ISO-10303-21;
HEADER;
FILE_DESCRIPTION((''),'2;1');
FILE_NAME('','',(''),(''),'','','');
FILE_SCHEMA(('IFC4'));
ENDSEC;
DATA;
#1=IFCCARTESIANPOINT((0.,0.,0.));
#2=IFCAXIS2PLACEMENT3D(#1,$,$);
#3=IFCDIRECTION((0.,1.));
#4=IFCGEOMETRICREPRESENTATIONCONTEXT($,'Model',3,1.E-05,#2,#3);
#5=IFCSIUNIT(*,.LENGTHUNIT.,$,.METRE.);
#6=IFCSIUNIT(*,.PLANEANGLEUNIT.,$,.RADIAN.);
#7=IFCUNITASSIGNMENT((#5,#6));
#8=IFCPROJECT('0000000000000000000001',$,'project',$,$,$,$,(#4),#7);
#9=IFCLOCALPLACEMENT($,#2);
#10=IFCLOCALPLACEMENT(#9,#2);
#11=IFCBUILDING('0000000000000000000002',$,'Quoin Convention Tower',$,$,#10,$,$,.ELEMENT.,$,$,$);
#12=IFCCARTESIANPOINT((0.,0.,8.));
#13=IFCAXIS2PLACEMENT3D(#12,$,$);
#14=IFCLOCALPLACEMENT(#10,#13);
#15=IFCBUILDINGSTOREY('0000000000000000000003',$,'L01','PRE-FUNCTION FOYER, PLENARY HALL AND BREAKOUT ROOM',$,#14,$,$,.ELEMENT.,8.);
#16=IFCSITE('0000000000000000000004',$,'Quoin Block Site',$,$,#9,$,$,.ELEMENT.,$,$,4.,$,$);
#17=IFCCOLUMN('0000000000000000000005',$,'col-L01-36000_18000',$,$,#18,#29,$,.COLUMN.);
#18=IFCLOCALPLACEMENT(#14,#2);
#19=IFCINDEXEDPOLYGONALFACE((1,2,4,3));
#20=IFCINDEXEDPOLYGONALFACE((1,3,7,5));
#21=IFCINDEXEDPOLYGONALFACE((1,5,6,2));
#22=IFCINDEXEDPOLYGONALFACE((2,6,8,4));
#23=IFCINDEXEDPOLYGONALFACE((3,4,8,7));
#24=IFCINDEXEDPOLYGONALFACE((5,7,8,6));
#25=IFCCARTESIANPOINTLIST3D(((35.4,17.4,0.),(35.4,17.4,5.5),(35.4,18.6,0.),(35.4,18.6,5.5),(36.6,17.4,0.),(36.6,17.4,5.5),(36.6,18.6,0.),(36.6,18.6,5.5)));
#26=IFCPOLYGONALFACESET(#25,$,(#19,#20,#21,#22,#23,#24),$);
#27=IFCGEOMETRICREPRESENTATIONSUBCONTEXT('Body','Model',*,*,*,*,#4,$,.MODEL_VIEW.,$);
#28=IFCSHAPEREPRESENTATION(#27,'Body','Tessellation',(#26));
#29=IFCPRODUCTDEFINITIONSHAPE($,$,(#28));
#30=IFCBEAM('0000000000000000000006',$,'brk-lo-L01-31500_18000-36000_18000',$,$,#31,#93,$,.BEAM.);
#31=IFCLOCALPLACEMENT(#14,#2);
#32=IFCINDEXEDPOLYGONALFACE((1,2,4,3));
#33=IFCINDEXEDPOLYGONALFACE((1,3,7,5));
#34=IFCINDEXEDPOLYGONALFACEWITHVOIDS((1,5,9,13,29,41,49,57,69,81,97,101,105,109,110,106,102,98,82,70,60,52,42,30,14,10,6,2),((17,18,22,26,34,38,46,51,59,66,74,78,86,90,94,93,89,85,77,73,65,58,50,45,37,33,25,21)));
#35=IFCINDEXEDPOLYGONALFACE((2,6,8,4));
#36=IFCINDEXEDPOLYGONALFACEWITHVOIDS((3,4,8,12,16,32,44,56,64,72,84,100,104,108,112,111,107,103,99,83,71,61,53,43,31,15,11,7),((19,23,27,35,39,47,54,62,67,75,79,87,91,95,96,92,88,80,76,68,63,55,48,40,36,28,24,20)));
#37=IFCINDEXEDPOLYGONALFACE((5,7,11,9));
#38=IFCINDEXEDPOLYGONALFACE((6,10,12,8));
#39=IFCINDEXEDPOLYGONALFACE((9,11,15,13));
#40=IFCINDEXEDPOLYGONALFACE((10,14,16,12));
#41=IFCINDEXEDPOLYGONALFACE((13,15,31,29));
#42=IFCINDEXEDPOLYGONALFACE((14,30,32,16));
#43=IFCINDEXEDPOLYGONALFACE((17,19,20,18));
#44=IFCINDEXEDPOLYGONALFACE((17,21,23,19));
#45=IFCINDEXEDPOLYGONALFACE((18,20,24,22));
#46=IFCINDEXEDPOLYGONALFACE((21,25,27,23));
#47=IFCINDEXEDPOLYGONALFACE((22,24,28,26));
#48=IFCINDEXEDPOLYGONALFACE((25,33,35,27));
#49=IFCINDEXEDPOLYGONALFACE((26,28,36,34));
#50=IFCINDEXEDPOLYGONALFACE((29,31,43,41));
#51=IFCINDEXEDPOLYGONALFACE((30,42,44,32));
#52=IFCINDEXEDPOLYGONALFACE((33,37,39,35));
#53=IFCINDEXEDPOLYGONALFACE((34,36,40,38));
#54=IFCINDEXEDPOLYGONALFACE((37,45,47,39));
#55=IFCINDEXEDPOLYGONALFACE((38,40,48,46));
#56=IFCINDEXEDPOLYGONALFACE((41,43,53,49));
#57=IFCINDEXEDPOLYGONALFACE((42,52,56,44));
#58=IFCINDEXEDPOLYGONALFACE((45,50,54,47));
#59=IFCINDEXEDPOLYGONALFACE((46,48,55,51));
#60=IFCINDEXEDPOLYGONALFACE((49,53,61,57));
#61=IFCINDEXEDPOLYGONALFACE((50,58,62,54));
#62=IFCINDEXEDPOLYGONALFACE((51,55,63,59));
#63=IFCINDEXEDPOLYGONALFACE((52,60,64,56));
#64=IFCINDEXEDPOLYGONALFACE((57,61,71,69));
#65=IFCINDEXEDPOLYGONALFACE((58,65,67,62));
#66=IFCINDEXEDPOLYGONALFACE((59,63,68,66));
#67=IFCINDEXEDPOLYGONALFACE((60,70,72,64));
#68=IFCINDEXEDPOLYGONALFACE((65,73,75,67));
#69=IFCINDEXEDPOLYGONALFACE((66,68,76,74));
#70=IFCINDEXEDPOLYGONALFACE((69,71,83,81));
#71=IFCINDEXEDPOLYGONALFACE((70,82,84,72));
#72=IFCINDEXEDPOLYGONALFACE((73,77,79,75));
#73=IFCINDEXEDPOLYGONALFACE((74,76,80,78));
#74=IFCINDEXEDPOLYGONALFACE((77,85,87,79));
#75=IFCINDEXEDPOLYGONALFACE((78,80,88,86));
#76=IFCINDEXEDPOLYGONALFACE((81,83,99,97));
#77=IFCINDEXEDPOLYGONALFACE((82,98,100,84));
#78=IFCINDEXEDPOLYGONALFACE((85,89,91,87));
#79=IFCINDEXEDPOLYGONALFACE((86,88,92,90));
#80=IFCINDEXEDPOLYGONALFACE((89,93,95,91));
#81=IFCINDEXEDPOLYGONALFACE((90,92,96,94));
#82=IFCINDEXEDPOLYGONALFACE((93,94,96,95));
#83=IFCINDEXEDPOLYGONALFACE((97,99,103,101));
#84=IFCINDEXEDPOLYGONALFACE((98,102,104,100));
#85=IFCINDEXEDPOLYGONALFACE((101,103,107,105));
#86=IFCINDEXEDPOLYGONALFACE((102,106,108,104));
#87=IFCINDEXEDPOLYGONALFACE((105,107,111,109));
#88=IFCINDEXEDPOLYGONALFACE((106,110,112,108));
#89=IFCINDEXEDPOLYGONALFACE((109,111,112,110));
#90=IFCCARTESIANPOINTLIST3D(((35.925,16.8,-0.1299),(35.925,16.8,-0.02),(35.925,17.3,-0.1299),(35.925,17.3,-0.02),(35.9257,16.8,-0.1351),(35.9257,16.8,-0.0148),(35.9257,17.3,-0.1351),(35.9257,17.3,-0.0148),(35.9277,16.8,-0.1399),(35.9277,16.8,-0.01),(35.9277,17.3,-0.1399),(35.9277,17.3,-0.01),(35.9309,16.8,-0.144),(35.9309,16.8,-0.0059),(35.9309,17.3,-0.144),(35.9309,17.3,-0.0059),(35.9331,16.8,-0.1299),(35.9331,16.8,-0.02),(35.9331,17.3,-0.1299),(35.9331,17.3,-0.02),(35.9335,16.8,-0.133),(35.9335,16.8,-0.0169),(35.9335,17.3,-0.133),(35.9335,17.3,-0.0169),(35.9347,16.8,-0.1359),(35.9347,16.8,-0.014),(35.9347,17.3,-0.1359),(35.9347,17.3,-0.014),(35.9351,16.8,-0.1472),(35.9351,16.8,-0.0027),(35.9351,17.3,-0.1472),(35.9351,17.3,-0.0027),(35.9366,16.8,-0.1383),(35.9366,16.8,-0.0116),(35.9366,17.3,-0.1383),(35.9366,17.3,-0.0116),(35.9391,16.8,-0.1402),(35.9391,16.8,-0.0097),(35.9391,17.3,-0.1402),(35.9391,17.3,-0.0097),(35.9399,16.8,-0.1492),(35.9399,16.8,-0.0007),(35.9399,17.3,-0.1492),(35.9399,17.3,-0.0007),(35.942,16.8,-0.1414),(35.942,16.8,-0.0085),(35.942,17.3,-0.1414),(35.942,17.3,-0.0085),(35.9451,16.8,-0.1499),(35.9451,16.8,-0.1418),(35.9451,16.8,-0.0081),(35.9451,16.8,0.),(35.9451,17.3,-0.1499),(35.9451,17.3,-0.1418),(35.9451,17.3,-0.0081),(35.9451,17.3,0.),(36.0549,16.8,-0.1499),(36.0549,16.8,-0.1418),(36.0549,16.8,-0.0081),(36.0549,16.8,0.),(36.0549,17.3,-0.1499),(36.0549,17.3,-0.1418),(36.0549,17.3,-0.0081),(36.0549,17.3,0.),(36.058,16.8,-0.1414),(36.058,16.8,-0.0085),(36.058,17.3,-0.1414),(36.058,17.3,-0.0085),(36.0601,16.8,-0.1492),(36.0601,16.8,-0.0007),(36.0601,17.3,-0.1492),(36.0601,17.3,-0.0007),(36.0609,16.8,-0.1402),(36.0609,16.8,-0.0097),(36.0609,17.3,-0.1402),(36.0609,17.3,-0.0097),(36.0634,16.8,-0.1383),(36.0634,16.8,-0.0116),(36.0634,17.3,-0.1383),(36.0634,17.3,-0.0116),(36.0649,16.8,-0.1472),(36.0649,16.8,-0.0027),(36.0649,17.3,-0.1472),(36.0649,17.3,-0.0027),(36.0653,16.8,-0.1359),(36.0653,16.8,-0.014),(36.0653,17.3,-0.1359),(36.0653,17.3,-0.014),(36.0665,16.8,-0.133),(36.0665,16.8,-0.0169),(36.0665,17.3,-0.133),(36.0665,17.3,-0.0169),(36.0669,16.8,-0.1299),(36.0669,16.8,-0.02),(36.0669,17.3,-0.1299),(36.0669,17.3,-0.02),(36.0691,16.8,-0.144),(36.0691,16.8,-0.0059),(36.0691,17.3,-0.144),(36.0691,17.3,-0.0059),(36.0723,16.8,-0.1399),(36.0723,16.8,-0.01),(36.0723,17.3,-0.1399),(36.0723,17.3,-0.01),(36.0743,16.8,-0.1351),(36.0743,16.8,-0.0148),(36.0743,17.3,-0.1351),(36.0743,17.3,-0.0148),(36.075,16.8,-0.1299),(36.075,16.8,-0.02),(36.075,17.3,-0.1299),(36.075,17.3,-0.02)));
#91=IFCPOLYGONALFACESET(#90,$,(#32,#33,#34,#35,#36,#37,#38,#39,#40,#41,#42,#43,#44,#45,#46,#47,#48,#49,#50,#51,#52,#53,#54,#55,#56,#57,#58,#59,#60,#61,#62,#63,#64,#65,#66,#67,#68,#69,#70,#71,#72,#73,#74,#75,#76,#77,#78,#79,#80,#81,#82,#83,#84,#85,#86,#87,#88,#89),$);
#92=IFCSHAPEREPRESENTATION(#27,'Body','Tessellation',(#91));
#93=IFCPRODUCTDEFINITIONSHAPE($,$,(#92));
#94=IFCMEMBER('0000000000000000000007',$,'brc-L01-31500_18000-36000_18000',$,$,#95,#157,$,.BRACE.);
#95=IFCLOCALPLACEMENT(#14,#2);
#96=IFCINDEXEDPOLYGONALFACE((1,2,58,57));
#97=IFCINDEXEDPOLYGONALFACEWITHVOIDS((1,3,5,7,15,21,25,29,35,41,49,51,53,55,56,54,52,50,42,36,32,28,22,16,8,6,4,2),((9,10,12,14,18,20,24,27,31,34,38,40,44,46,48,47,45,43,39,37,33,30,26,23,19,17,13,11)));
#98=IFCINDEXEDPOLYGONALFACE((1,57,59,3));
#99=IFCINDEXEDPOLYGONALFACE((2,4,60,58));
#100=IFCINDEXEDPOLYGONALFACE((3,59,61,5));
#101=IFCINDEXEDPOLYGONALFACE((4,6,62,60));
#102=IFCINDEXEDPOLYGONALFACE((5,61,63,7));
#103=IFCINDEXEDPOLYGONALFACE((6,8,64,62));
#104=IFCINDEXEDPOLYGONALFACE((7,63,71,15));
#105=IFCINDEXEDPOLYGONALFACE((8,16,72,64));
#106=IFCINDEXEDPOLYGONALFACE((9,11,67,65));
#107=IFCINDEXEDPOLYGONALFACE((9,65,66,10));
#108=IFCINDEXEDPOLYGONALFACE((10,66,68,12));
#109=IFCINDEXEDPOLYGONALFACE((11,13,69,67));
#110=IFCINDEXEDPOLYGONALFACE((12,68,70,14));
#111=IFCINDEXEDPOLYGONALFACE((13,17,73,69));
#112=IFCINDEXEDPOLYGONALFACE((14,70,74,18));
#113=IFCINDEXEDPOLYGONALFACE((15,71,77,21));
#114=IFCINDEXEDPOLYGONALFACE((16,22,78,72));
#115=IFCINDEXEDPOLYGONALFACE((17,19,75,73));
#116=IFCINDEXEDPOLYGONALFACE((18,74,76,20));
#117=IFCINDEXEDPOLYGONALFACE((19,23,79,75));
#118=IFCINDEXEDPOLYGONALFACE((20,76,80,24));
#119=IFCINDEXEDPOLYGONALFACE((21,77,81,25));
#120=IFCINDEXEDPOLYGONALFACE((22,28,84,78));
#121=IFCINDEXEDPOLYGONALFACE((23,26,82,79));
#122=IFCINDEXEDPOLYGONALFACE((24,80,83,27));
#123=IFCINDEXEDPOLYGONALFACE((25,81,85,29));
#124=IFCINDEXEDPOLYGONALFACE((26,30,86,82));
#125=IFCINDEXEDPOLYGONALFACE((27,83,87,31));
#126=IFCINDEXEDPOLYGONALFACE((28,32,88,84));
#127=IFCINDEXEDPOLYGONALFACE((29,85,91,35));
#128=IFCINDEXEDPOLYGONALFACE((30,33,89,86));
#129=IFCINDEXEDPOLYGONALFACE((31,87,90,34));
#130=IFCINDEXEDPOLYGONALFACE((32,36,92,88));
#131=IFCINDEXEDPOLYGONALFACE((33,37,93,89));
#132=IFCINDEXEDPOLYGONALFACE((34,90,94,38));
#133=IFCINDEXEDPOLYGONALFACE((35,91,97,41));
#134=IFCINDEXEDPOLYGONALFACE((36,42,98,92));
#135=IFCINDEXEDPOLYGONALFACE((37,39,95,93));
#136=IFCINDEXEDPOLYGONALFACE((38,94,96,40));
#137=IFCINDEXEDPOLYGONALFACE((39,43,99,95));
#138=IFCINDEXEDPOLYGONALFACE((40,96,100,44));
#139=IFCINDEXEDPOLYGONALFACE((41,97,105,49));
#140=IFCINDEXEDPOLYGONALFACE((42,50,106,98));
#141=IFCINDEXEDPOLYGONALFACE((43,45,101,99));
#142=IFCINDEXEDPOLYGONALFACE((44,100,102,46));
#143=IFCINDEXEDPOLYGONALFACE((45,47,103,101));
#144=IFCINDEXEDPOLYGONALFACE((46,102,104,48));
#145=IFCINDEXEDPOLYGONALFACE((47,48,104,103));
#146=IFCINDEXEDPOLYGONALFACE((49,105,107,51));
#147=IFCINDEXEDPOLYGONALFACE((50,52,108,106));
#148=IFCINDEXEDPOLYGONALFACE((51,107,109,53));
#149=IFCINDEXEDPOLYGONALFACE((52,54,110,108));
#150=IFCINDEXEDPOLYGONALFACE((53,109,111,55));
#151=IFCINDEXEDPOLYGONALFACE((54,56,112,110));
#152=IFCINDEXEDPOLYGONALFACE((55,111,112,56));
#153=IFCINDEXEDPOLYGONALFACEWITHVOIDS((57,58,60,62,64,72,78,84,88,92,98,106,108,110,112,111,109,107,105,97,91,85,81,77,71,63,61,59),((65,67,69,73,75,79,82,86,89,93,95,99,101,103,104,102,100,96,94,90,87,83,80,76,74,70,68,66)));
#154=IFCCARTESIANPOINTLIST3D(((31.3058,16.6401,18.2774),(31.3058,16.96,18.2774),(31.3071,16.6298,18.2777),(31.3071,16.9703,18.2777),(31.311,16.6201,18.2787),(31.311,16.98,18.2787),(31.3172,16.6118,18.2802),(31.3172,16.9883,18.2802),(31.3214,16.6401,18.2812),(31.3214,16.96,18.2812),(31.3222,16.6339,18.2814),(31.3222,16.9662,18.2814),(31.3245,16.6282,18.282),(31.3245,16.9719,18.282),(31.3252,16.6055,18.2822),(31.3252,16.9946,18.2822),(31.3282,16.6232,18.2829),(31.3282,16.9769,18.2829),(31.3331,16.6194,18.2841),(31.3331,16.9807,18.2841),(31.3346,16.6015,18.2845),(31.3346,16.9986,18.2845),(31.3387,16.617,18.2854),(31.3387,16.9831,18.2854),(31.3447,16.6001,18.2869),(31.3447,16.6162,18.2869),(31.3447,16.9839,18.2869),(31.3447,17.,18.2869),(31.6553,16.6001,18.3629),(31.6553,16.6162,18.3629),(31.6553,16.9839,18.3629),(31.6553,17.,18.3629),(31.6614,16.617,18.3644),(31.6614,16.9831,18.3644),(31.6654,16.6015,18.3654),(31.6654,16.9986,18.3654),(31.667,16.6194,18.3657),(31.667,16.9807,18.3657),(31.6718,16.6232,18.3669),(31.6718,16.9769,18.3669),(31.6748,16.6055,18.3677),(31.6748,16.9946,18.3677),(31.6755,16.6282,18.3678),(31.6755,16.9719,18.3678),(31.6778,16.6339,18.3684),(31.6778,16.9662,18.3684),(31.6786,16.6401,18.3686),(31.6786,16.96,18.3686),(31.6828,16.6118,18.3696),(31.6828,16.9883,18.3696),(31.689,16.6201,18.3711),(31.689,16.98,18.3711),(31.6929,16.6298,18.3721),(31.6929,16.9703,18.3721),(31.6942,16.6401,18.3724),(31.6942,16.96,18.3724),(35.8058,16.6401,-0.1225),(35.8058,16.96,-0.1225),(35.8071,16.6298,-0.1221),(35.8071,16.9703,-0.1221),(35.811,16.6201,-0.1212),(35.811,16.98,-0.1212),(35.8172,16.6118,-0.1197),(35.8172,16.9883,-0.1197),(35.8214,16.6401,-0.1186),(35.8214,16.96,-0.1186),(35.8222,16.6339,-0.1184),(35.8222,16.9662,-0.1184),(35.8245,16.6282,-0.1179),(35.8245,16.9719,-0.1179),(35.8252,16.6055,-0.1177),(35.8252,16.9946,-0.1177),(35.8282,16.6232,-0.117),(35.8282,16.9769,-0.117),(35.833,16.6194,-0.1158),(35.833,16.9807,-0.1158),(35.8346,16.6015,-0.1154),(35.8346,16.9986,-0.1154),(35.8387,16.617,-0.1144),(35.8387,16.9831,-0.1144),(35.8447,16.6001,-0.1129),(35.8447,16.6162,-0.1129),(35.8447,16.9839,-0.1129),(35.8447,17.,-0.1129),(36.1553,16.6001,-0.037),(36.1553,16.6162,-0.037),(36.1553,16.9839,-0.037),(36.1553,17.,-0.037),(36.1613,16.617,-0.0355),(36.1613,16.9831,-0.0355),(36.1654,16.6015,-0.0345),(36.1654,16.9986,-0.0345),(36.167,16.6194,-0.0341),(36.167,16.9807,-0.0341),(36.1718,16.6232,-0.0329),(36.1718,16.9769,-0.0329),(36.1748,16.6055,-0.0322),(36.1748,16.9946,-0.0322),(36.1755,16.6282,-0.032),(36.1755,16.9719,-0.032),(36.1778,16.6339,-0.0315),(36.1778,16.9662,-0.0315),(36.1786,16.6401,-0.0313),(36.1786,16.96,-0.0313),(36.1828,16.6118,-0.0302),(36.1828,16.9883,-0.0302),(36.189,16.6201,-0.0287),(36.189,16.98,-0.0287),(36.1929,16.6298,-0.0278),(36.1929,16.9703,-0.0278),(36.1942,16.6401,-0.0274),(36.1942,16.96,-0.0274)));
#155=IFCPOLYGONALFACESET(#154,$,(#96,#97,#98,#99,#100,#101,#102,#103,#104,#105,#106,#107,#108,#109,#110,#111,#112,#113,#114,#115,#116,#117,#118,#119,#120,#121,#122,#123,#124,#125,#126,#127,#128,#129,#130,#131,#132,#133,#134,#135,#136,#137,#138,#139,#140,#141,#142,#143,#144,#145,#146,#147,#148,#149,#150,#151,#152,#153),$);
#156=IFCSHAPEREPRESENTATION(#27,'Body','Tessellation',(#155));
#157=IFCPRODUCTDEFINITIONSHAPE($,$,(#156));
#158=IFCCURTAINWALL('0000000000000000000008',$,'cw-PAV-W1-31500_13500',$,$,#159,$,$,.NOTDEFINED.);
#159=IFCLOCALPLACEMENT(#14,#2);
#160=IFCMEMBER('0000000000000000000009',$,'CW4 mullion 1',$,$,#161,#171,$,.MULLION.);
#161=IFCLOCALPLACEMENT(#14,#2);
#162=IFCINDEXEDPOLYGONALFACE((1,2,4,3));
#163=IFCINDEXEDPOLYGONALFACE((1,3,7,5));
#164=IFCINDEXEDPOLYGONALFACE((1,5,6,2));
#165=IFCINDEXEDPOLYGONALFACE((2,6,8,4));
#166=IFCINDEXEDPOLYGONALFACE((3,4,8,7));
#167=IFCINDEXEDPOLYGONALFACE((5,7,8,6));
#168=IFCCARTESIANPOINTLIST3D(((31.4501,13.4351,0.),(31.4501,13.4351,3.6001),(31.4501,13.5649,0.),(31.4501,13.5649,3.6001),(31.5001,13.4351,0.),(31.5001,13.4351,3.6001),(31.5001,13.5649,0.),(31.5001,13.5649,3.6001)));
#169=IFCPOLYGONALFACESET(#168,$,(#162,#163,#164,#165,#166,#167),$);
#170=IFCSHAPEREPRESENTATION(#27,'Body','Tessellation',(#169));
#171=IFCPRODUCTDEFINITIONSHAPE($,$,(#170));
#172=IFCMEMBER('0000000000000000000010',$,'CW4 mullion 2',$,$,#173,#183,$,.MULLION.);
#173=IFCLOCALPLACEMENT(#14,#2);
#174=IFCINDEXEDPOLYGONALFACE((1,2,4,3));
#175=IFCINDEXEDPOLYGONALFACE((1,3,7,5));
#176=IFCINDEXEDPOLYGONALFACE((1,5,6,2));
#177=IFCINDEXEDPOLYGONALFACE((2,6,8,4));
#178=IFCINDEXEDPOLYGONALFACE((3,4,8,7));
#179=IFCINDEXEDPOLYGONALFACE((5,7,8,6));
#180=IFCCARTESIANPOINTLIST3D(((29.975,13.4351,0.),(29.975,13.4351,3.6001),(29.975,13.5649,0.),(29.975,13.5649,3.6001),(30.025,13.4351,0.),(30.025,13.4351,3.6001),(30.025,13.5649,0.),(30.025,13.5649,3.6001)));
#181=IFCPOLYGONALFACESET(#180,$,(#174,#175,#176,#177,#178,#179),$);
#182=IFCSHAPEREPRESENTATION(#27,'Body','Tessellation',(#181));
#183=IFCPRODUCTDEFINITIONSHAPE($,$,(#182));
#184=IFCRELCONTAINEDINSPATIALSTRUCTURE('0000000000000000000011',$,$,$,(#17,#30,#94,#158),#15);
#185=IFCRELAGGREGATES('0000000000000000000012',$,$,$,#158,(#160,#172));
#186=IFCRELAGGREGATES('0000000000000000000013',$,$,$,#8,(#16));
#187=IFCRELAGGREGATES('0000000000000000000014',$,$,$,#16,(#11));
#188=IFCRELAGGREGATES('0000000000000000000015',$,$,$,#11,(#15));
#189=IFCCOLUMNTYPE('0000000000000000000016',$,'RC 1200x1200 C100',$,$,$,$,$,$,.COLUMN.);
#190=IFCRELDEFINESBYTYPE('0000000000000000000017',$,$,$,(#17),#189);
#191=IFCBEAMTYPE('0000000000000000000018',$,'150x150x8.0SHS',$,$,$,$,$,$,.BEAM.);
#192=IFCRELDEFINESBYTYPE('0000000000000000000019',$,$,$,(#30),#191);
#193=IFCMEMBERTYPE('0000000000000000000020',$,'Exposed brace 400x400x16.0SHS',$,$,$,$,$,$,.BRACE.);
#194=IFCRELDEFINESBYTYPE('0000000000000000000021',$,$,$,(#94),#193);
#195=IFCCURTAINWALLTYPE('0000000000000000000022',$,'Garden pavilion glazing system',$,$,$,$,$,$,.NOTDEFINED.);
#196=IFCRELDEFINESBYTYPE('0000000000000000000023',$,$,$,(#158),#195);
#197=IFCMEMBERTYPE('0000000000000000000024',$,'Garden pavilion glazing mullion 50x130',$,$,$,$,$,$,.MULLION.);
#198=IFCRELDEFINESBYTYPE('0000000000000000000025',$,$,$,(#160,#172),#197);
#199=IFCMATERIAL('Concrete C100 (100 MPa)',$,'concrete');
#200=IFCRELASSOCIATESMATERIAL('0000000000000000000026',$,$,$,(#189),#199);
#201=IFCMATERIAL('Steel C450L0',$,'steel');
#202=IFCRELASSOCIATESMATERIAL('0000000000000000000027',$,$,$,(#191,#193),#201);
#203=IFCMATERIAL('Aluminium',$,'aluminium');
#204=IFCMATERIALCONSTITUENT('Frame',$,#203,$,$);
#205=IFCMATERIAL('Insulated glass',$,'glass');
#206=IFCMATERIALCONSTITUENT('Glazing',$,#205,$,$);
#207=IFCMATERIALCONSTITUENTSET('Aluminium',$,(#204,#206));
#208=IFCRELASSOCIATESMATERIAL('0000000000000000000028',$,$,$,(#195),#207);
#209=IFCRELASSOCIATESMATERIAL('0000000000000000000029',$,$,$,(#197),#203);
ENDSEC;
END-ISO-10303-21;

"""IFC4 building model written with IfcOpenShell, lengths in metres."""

from ifc_helpers import new_model, si_unit, direction, frame, origin, origin_2d, place, context, subcontext, project, spatial, rectangle, hollow_rectangle, extrude, material, constituent, constituent_set, material_profile, profile_set, type_object, element, aggregate, save


model = new_model("IFC4")

# Units and contexts
model_context = context("Model", 3, precision=1e-05, world=origin(), true_north=direction((0.0, 1.0)))
body_context = subcontext(model_context, "Body", "Model", "MODEL_VIEW")
ifc_project = project(units=[si_unit("LENGTHUNIT", "METRE"), si_unit("PLANEANGLEUNIT", "RADIAN")], contexts=[model_context])

# Site, building, storey
site_placement = place(None, origin())
site = spatial("IfcSite", under=ifc_project, at=site_placement, Name="Quoin Block Site", CompositionType="ELEMENT", RefElevation=4.0)
building_placement = place(site_placement, origin())
building = spatial("IfcBuilding", under=site, at=building_placement, Name="Quoin Convention Tower", CompositionType="ELEMENT")
storey_placement = place(building_placement, frame((0.0, 0.0, 8.0)))
storey = spatial("IfcBuildingStorey", under=building, at=storey_placement, Name="L01", Description="PRE-FUNCTION FOYER, PLENARY HALL AND BREAKOUT ROOM", CompositionType="ELEMENT", Elevation=8.0)

# Column
ifc_material_1 = material(Name="Concrete C100 (100 MPa)", Category="concrete")
ifc_material_profile_1 = material_profile(ifc_material_1, rectangle(XDim=1.2, YDim=1.2, at=origin_2d()), Name="RC 1200x1200")
ifc_profile_set_1 = profile_set([ifc_material_profile_1], Name="Concrete C100 (100 MPa)")
column_type = type_object("IfcColumnType", Name="RC 1200x1200 C100", PredefinedType="COLUMN", material=ifc_profile_set_1)
column_placement = place(storey_placement, frame((36.0, 18.0, 0.0), z_axis=(0.0, 0.0, 1.0), x_axis=(1.0, 0.0, 0.0)))
element("IfcColumn", 1, at=column_placement, inside=storey, type_object=column_type, Name="col-L01-36000_18000", PredefinedType="COLUMN", context=body_context, shape_type="SweptSolid", body=[
    extrude(rectangle(XDim=1.2, YDim=1.2, at=origin_2d()), origin(), (0.0, 0.0, 1.0), 5.5),
])

# Beam
ifc_material_2 = material(Name="Steel C450L0", Category="steel")
ifc_material_profile_2 = material_profile(ifc_material_2, hollow_rectangle(XDim=0.1499, YDim=0.1499, WallThickness=0.0081, InnerFilletRadius=0.012, OuterFilletRadius=0.02, at=origin_2d()), Name="150x150x8.0SHS")
ifc_profile_set_2 = profile_set([ifc_material_profile_2], Name="Steel C450L0")
beam_type_1 = type_object("IfcBeamType", Name="150x150x8.0SHS", PredefinedType="BEAM", material=ifc_profile_set_2)
beam_1_placement = place(storey_placement, frame((36.0, 17.3, -0.075), z_axis=(0.0, -1.0, 0.0), x_axis=(1.0, 0.0, 0.0)))
element("IfcBeam", 2, at=beam_1_placement, inside=storey, type_object=beam_type_1, Name="brk-lo-L01-31500_18000-36000_18000", PredefinedType="BEAM", context=body_context, shape_type="SweptSolid", body=[
    extrude(hollow_rectangle(XDim=0.1499, YDim=0.1499, WallThickness=0.0081, InnerFilletRadius=0.012, OuterFilletRadius=0.02, at=origin_2d()), origin(), (0.0, 0.0, 1.0), 0.5),
])

# Member
ifc_material_profile_3 = material_profile(ifc_material_2, hollow_rectangle(XDim=0.3999, YDim=0.3999, WallThickness=0.0161, InnerFilletRadius=0.0239, OuterFilletRadius=0.04, at=origin_2d()), Name="400x400x16.0SHS")
ifc_profile_set_3 = profile_set([ifc_material_profile_3], Name="Steel C450L0")
member_type_1 = type_object("IfcMemberType", Name="Exposed brace 400x400x16.0SHS", PredefinedType="BRACE", material=ifc_profile_set_3)
member_1_placement = place(storey_placement, frame((36.0, 16.8, -0.075), z_axis=(-0.237565, 0.0, 0.971372), x_axis=(0.0, -1.0, 0.0)))
element("IfcMember", 3, at=member_1_placement, inside=storey, type_object=member_type_1, Name="brc-L01-31500_18000-36000_18000", PredefinedType="BRACE", context=body_context, shape_type="SweptSolid", body=[
    extrude(hollow_rectangle(XDim=0.3999, YDim=0.3999, WallThickness=0.0161, InnerFilletRadius=0.0239, OuterFilletRadius=0.04, at=origin_2d()), origin(), (0.0, 0.0, 1.0), 18.9421),
])

# Curtain wall, members
ifc_material_3 = material(Name="Aluminium", Category="aluminium")
ifc_constituent_1 = constituent(ifc_material_3, Name="Frame")
ifc_material_4 = material(Name="Insulated glass", Category="glass")
ifc_constituent_2 = constituent(ifc_material_4, Name="Glazing")
ifc_constituent_set_1 = constituent_set(constituents=[ifc_constituent_1, ifc_constituent_2], Name="Aluminium")
curtain_wall_type = type_object("IfcCurtainWallType", Name="Garden pavilion glazing system", PredefinedType="NOTDEFINED", material=ifc_constituent_set_1)
curtain_wall_placement = place(storey_placement, origin())
curtain_wall = element("IfcCurtainWall", 4, at=curtain_wall_placement, inside=storey, type_object=curtain_wall_type, Name="cw-PAV-W1-31500_13500", PredefinedType="NOTDEFINED")
ifc_material_profile_4 = material_profile(ifc_material_3, rectangle(XDim=0.1299, YDim=0.05, at=origin_2d()), Name="Garden pavilion glazing mullion 50x130")
ifc_profile_set_4 = profile_set([ifc_material_profile_4], Name="Aluminium")
member_type_2 = type_object("IfcMemberType", Name="Garden pavilion glazing mullion 50x130", PredefinedType="MULLION", material=ifc_profile_set_4)
member_2_placement = place(storey_placement, frame((31.4751, 13.5, 0.0), z_axis=(0.0, 0.0, 1.0), x_axis=(0.0, -1.0, 0.0)))
member_2 = element("IfcMember", 5, at=member_2_placement, type_object=member_type_2, Name="CW4 mullion 1", PredefinedType="MULLION", context=body_context, shape_type="SweptSolid", body=[
    extrude(rectangle(XDim=0.1299, YDim=0.05, at=origin_2d()), origin(), (0.0, 0.0, 1.0), 3.6001),
])
member_3_placement = place(storey_placement, frame((30.0, 13.5, 0.0), z_axis=(0.0, 0.0, 1.0), x_axis=(0.0, -1.0, 0.0)))
member_3 = element("IfcMember", 6, at=member_3_placement, type_object=member_type_2, Name="CW4 mullion 2", PredefinedType="MULLION", context=body_context, shape_type="SweptSolid", body=[
    extrude(rectangle(XDim=0.1299, YDim=0.05, at=origin_2d()), origin(), (0.0, 0.0, 1.0), 3.6001),
])

aggregate(curtain_wall, [member_2, member_3])

save(model, "model.ifc")
